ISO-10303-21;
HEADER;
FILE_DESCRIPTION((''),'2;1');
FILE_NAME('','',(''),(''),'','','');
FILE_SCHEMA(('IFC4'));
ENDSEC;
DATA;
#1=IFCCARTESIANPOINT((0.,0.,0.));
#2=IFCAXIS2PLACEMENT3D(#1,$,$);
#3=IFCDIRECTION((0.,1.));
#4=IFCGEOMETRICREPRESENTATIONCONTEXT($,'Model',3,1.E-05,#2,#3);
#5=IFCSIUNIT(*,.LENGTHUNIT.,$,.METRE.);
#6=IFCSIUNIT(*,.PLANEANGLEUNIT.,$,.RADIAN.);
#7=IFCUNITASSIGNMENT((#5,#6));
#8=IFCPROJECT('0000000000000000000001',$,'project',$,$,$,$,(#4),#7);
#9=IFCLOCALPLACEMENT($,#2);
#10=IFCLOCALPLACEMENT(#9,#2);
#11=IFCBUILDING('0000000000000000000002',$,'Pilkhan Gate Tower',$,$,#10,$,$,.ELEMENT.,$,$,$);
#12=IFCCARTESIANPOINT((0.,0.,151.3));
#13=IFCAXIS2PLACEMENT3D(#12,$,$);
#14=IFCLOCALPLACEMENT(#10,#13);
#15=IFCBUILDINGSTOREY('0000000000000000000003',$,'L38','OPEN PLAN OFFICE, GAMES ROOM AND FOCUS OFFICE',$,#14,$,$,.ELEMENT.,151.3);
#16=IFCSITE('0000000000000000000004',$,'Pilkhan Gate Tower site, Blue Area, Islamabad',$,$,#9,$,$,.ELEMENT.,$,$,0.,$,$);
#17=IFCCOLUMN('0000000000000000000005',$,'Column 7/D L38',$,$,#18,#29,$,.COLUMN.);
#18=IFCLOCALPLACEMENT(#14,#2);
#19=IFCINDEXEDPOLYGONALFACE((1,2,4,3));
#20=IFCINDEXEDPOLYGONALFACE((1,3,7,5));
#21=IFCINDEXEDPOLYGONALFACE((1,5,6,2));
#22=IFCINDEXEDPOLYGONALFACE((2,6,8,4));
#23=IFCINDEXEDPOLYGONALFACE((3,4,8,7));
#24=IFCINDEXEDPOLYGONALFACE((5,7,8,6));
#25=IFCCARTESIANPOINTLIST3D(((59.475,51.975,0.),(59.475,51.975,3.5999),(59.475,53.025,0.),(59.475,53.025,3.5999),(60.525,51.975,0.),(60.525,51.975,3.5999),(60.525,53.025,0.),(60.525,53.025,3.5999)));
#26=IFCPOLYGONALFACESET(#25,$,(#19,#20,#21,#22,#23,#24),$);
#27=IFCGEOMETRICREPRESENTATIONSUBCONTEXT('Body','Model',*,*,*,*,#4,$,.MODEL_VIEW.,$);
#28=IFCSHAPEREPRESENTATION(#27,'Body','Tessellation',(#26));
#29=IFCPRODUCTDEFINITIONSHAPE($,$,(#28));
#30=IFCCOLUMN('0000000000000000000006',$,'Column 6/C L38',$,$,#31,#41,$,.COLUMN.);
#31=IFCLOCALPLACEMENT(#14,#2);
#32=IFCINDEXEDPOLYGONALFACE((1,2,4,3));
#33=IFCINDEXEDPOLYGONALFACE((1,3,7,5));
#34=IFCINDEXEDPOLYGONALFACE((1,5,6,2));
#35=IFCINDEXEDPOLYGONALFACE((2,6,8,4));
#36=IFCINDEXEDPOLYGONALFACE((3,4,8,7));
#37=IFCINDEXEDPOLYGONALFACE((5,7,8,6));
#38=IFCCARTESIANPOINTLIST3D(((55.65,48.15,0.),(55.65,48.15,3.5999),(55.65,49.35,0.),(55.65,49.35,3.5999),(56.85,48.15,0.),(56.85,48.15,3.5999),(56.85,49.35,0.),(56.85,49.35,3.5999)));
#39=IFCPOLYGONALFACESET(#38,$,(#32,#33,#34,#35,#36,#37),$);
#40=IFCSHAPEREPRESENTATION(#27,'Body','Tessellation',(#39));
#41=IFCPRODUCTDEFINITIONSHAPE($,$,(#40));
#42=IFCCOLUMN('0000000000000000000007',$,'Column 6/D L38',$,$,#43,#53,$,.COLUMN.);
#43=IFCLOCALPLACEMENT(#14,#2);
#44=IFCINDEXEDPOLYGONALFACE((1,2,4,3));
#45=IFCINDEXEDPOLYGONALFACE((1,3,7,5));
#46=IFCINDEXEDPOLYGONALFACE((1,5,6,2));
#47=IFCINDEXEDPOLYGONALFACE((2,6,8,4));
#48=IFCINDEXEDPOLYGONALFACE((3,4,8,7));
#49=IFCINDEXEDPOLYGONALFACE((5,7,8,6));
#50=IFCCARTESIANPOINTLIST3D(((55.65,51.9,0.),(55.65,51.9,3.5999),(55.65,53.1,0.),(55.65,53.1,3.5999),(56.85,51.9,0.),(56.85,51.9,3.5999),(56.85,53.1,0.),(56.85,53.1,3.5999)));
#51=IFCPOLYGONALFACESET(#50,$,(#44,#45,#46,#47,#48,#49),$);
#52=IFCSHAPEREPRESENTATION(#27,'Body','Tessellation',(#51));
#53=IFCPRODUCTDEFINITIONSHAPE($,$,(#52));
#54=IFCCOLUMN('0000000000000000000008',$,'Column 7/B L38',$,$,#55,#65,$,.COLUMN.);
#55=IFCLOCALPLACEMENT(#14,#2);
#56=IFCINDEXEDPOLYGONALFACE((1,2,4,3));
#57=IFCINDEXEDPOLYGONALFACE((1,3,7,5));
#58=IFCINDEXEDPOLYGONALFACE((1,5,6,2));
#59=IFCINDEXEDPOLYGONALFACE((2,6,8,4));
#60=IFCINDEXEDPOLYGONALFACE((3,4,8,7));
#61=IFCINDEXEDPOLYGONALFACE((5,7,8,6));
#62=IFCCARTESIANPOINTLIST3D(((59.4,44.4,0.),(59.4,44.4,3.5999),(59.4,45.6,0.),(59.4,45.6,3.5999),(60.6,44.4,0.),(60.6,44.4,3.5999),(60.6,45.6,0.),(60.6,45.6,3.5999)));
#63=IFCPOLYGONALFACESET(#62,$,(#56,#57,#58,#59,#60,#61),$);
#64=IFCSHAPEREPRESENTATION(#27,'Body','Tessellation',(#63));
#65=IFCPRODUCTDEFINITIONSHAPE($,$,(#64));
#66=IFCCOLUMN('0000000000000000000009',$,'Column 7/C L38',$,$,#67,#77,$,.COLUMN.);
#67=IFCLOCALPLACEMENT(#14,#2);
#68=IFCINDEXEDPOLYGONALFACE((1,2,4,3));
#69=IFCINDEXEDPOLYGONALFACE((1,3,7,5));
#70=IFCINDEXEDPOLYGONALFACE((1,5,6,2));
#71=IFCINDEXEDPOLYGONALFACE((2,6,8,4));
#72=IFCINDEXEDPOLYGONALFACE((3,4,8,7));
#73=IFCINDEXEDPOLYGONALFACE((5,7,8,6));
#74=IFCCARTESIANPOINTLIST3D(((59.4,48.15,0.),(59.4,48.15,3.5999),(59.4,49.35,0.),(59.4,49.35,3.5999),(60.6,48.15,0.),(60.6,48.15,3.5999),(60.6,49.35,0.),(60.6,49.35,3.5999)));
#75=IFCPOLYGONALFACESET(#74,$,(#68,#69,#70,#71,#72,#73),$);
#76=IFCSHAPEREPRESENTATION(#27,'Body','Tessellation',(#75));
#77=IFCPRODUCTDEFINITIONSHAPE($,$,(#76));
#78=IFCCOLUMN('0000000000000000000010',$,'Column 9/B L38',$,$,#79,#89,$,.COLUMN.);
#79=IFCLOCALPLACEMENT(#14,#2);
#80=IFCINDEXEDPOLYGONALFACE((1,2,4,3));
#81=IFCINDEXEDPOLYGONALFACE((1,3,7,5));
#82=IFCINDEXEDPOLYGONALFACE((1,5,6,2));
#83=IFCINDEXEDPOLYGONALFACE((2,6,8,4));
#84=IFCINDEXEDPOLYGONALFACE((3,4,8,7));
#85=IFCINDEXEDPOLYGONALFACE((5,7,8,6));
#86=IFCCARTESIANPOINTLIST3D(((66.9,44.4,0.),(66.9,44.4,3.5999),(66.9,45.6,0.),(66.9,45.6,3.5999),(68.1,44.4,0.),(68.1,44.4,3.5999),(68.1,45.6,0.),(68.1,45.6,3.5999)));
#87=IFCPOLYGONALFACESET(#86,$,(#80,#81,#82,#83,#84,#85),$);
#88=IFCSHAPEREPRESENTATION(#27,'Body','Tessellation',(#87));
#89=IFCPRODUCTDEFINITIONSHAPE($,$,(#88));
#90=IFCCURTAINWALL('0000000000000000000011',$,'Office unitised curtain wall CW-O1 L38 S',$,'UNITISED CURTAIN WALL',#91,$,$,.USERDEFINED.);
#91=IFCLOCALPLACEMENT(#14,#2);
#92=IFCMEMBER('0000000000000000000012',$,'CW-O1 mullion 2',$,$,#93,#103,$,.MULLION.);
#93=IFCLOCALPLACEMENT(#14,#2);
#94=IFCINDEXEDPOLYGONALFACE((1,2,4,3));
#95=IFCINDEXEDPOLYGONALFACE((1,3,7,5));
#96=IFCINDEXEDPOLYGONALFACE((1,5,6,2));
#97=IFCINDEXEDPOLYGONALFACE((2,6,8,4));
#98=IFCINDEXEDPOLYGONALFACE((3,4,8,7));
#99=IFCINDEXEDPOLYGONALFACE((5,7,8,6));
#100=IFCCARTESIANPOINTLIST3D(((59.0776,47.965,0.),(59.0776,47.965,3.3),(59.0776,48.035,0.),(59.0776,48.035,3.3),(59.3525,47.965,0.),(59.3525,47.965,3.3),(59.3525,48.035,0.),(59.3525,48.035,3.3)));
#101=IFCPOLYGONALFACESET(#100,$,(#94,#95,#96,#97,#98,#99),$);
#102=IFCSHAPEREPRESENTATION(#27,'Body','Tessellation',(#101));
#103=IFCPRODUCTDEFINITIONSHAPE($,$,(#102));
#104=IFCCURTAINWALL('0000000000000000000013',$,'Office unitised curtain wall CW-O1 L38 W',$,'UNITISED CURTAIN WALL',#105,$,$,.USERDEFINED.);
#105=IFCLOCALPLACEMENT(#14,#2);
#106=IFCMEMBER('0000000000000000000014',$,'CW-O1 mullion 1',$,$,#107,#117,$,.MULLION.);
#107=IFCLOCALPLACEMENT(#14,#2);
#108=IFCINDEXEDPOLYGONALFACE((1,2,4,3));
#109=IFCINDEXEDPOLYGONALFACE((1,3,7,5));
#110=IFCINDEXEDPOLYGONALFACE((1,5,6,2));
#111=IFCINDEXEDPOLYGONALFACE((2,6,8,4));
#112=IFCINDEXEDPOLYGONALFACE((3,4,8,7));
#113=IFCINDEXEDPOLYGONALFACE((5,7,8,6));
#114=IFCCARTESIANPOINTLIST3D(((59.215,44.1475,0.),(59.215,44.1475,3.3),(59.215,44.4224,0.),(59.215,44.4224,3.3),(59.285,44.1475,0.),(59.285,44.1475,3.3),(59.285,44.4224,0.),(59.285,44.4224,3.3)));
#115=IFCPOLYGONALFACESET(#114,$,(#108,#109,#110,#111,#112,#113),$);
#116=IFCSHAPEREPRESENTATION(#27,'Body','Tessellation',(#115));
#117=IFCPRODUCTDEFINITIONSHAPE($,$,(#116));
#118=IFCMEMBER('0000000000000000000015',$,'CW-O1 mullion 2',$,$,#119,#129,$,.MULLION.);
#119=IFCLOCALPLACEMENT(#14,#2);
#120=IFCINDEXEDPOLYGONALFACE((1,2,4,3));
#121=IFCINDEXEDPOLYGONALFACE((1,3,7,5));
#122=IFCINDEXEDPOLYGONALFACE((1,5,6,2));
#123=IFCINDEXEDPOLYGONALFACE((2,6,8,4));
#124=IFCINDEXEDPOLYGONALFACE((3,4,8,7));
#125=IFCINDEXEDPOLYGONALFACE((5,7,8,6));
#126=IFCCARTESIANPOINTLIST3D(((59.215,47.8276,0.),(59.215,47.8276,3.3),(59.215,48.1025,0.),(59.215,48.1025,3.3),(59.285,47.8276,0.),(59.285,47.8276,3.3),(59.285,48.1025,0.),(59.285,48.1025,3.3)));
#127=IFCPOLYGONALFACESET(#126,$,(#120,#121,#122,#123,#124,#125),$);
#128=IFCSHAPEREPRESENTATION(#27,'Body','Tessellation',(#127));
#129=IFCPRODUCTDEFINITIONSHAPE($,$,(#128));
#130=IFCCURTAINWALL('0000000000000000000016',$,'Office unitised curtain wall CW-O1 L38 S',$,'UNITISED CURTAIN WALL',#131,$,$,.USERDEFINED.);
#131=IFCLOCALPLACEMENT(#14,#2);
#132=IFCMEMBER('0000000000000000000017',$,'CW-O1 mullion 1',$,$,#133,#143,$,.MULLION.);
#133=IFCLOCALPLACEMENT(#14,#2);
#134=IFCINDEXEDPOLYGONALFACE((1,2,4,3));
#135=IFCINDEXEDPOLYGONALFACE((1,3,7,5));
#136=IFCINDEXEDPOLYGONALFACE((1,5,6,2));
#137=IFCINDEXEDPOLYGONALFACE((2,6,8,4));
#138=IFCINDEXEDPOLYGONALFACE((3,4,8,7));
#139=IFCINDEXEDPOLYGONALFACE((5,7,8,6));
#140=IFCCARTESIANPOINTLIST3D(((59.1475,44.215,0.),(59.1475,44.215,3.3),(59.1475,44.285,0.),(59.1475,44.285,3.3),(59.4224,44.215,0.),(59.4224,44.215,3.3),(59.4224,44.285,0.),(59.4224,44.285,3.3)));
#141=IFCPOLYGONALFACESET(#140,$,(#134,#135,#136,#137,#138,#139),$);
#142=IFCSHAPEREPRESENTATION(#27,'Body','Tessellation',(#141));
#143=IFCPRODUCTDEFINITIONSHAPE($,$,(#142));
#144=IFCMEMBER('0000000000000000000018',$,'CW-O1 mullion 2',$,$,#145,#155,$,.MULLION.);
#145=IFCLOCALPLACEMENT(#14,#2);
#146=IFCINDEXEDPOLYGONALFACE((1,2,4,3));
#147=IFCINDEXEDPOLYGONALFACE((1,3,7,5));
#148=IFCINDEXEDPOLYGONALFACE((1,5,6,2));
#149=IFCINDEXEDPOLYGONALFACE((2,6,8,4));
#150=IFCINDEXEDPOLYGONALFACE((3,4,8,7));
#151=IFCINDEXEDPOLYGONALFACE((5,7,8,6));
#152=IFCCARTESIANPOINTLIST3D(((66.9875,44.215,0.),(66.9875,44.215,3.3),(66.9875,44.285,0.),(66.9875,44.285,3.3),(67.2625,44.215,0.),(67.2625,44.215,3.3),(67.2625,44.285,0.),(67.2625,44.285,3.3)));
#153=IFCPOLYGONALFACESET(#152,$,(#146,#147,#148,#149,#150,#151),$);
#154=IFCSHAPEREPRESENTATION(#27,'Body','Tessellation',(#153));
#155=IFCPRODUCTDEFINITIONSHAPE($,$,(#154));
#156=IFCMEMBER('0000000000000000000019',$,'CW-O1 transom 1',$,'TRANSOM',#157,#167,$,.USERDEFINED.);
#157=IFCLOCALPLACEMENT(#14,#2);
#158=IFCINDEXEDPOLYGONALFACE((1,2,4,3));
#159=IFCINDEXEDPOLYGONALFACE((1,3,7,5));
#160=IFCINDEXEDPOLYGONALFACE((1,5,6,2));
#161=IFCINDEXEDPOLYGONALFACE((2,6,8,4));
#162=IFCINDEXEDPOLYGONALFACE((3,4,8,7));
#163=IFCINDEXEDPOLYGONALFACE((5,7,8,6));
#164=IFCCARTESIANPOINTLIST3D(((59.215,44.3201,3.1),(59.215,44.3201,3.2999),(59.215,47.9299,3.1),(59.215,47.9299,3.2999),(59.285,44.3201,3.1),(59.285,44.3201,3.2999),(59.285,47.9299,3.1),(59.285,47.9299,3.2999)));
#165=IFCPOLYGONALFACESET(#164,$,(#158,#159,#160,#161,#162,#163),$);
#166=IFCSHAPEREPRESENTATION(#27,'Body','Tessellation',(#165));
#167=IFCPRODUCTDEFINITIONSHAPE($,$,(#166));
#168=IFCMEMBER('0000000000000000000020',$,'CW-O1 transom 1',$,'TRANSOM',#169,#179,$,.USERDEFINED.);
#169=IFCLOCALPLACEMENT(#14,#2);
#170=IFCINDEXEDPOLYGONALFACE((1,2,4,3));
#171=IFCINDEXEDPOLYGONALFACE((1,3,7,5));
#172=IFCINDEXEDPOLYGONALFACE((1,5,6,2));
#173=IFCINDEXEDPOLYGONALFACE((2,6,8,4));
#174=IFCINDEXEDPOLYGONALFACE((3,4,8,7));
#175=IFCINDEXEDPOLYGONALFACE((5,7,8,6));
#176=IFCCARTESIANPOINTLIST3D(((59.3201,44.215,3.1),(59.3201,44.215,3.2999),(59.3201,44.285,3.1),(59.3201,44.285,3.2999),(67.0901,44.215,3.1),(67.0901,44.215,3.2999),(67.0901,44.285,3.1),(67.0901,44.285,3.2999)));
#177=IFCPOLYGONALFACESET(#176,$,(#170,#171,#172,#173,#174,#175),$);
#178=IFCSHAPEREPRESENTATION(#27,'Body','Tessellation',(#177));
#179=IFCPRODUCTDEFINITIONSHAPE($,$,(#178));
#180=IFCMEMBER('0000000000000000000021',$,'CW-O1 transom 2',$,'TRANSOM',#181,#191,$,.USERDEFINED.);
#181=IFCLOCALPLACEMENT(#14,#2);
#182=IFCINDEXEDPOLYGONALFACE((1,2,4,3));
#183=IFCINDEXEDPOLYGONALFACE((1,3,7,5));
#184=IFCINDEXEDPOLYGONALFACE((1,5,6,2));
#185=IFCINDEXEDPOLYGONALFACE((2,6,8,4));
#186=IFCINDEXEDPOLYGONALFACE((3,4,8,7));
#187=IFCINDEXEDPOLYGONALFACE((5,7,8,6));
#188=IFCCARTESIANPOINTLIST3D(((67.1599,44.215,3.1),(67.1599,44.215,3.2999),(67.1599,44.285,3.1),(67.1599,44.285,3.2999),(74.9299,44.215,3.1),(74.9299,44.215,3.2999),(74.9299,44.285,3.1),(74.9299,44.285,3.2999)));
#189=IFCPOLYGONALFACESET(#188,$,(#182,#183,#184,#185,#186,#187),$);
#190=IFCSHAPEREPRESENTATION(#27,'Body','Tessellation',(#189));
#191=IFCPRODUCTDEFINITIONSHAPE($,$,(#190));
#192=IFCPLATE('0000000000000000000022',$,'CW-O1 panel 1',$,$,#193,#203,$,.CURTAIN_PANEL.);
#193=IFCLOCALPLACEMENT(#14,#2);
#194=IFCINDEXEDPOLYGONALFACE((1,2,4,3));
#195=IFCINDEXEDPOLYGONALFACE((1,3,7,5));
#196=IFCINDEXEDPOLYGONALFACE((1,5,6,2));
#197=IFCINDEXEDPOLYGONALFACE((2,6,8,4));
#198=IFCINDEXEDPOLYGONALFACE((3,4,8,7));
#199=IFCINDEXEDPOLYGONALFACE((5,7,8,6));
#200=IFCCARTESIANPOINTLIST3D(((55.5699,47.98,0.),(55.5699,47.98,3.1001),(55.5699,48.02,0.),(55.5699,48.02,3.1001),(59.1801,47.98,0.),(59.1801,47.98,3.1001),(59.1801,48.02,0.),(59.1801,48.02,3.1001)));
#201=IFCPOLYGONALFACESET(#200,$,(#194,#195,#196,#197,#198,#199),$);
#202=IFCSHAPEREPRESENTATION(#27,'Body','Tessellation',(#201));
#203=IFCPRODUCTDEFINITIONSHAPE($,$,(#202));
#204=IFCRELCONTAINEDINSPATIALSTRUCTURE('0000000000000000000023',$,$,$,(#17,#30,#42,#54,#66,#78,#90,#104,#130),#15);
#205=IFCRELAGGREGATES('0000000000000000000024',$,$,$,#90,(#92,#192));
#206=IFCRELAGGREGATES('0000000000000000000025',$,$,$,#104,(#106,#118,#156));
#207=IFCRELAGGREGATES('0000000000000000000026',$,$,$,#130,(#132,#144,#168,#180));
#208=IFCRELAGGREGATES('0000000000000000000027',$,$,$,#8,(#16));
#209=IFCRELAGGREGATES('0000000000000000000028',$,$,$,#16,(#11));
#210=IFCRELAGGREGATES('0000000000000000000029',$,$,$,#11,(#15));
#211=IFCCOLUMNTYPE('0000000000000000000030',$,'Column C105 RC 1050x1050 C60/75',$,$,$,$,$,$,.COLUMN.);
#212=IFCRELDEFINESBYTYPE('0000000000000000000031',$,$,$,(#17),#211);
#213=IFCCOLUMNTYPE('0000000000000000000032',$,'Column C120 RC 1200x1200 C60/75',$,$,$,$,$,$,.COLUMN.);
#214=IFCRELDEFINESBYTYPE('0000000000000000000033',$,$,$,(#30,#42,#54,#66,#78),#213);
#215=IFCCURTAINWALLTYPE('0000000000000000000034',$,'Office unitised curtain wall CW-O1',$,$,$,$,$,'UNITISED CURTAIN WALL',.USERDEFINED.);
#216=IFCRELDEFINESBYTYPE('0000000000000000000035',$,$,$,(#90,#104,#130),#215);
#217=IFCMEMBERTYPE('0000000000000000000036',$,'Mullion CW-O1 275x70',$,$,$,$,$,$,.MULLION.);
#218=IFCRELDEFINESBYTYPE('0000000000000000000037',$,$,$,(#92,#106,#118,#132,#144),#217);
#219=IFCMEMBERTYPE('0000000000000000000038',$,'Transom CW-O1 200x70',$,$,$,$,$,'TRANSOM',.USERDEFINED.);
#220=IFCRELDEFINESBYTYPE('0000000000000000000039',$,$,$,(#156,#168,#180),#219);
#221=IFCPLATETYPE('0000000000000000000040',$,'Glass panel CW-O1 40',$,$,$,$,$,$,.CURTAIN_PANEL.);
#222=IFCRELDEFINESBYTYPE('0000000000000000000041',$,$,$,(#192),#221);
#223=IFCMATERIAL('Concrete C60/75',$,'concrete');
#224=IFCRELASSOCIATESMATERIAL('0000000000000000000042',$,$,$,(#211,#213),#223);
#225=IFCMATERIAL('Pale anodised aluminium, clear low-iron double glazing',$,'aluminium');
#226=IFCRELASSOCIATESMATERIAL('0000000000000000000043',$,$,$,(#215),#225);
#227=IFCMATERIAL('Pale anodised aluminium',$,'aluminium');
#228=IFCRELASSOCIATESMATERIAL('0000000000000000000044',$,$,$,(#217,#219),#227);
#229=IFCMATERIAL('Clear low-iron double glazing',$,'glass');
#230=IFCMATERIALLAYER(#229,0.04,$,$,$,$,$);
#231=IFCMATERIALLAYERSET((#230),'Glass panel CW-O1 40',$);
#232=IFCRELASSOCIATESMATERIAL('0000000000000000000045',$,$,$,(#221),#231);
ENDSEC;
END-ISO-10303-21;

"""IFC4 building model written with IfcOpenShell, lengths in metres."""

from ifc_helpers import new_model, si_unit, direction, frame, origin, origin_2d, place, context, subcontext, project, spatial, rectangle, extrude, material, layer, layer_set, material_profile, profile_set, type_object, element, aggregate, save


model = new_model("IFC4")

# Units and contexts
model_context = context("Model", 3, precision=1e-05, world=origin(), true_north=direction((0.0, 1.0)))
body_context = subcontext(model_context, "Body", "Model", "MODEL_VIEW")
ifc_project = project(units=[si_unit("LENGTHUNIT", "METRE"), si_unit("PLANEANGLEUNIT", "RADIAN")], contexts=[model_context])

# Site, building, storey
site_placement = place(None, origin())
site = spatial("IfcSite", under=ifc_project, at=site_placement, Name="Pilkhan Gate Tower site, Blue Area, Islamabad", CompositionType="ELEMENT", RefElevation=0.0)
building_placement = place(site_placement, origin())
building = spatial("IfcBuilding", under=site, at=building_placement, Name="Pilkhan Gate Tower", CompositionType="ELEMENT")
storey_placement = place(building_placement, frame((0.0, 0.0, 151.3)))
storey = spatial("IfcBuildingStorey", under=building, at=storey_placement, Name="L38", Description="OPEN PLAN OFFICE, GAMES ROOM AND FOCUS OFFICE", CompositionType="ELEMENT", Elevation=151.3)

# Columns
ifc_material_1 = material(Name="Concrete C60/75", Category="concrete")
ifc_material_profile_1 = material_profile(ifc_material_1, rectangle(XDim=1.05, YDim=1.05, at=origin_2d()), Name="RC 1050x1050")
ifc_profile_set_1 = profile_set([ifc_material_profile_1], Name="Concrete C60/75")
column_type_1 = type_object("IfcColumnType", Name="Column C105 RC 1050x1050 C60/75", PredefinedType="COLUMN", material=ifc_profile_set_1)
column_placement = place(storey_placement, frame((60.0, 52.5, 0.0), z_axis=(0.0, 0.0, 1.0), x_axis=(1.0, 0.0, 0.0)))
element("IfcColumn", 1, at=column_placement, inside=storey, type_object=column_type_1, Name="Column 7/D L38", PredefinedType="COLUMN", context=body_context, shape_type="SweptSolid", body=[
    extrude(rectangle(XDim=1.05, YDim=1.05, at=origin_2d()), origin(), (0.0, 0.0, 1.0), 3.5999),
])
ifc_material_profile_2 = material_profile(ifc_material_1, rectangle(XDim=1.2, YDim=1.2, at=origin_2d()), Name="RC 1200x1200")
ifc_profile_set_2 = profile_set([ifc_material_profile_2], Name="Concrete C60/75")
column_type_2 = type_object("IfcColumnType", Name="Column C120 RC 1200x1200 C60/75", PredefinedType="COLUMN", material=ifc_profile_set_2)
for number, where, z_axis, x_axis, name in (
    (2, (56.25, 48.75, 0.0), (0.0, 0.0, 1.0), (1.0, 0.0, 0.0), "Column 6/C L38"),
    (3, (56.25, 52.5, 0.0), (0.0, 0.0, 1.0), (1.0, 0.0, 0.0), "Column 6/D L38"),
    (4, (60.0, 45.0, 0.0), (0.0, 0.0, 1.0), (1.0, 0.0, 0.0), "Column 7/B L38"),
    (5, (60.0, 48.75, 0.0), (0.0, 0.0, 1.0), (1.0, 0.0, 0.0), "Column 7/C L38"),
    (6, (67.5, 45.0, 0.0), (0.0, 0.0, 1.0), (1.0, 0.0, 0.0), "Column 9/B L38"),
):
    element("IfcColumn", number, at=place(storey_placement, frame(where, z_axis=z_axis, x_axis=x_axis)), inside=storey, type_object=column_type_2, Name=name, PredefinedType="COLUMN", context=body_context, shape_type="SweptSolid", body=[
        extrude(rectangle(XDim=1.2, YDim=1.2, at=origin_2d()), origin(), (0.0, 0.0, 1.0), 3.5999),
    ])

# Curtain wall, member
ifc_material_2 = material(Name="Pale anodised aluminium, clear low-iron double glazing", Category="aluminium")
curtain_wall_type = type_object("IfcCurtainWallType", Name="Office unitised curtain wall CW-O1", ElementType="UNITISED CURTAIN WALL", PredefinedType="USERDEFINED", material=ifc_material_2)
curtain_wall_1_placement = place(storey_placement, origin())
curtain_wall_1 = element("IfcCurtainWall", 7, at=curtain_wall_1_placement, inside=storey, type_object=curtain_wall_type, Name="Office unitised curtain wall CW-O1 L38 S", ObjectType="UNITISED CURTAIN WALL", PredefinedType="USERDEFINED")
ifc_material_3 = material(Name="Pale anodised aluminium", Category="aluminium")
ifc_material_profile_3 = material_profile(ifc_material_3, rectangle(XDim=0.0701, YDim=0.2749, at=origin_2d()), Name="Mullion 275x70")
ifc_profile_set_3 = profile_set([ifc_material_profile_3], Name="Pale anodised aluminium")
member_type_1 = type_object("IfcMemberType", Name="Mullion CW-O1 275x70", PredefinedType="MULLION", material=ifc_profile_set_3)
member_1_placement = place(storey_placement, frame((59.2151, 48.0, 0.0), z_axis=(0.0, 0.0, 1.0), x_axis=(0.0, 1.0, 0.0)))
member_1 = element("IfcMember", 8, at=member_1_placement, type_object=member_type_1, Name="CW-O1 mullion 2", PredefinedType="MULLION", context=body_context, shape_type="SweptSolid", body=[
    extrude(rectangle(XDim=0.0701, YDim=0.2749, at=origin_2d()), origin(), (0.0, 0.0, 1.0), 3.3),
])

# Curtain walls, members
curtain_wall_2_placement = place(storey_placement, origin())
curtain_wall_2 = element("IfcCurtainWall", 9, at=curtain_wall_2_placement, inside=storey, type_object=curtain_wall_type, Name="Office unitised curtain wall CW-O1 L38 W", ObjectType="UNITISED CURTAIN WALL", PredefinedType="USERDEFINED")
member_2_placement = place(storey_placement, frame((59.25, 44.2849, 0.0), z_axis=(0.0, 0.0, 1.0), x_axis=(-1.0, 0.0, 0.0)))
member_2 = element("IfcMember", 10, at=member_2_placement, type_object=member_type_1, Name="CW-O1 mullion 1", PredefinedType="MULLION", context=body_context, shape_type="SweptSolid", body=[
    extrude(rectangle(XDim=0.0701, YDim=0.2749, at=origin_2d()), origin(), (0.0, 0.0, 1.0), 3.3),
])
member_3_placement = place(storey_placement, frame((59.25, 47.9651, 0.0), z_axis=(0.0, 0.0, 1.0), x_axis=(-1.0, 0.0, 0.0)))
member_3 = element("IfcMember", 11, at=member_3_placement, type_object=member_type_1, Name="CW-O1 mullion 2", PredefinedType="MULLION", context=body_context, shape_type="SweptSolid", body=[
    extrude(rectangle(XDim=0.0701, YDim=0.2749, at=origin_2d()), origin(), (0.0, 0.0, 1.0), 3.3),
])
curtain_wall_3_placement = place(storey_placement, origin())
curtain_wall_3 = element("IfcCurtainWall", 12, at=curtain_wall_3_placement, inside=storey, type_object=curtain_wall_type, Name="Office unitised curtain wall CW-O1 L38 S", ObjectType="UNITISED CURTAIN WALL", PredefinedType="USERDEFINED")
member_4_placement = place(storey_placement, frame((59.2849, 44.25, 0.0), z_axis=(0.0, 0.0, 1.0), x_axis=(0.0, 1.0, 0.0)))
member_4 = element("IfcMember", 13, at=member_4_placement, type_object=member_type_1, Name="CW-O1 mullion 1", PredefinedType="MULLION", context=body_context, shape_type="SweptSolid", body=[
    extrude(rectangle(XDim=0.0701, YDim=0.2749, at=origin_2d()), origin(), (0.0, 0.0, 1.0), 3.3),
])
member_5_placement = place(storey_placement, frame((67.125, 44.25, 0.0), z_axis=(0.0, 0.0, 1.0), x_axis=(0.0, 1.0, 0.0)))
member_5 = element("IfcMember", 14, at=member_5_placement, type_object=member_type_1, Name="CW-O1 mullion 2", PredefinedType="MULLION", context=body_context, shape_type="SweptSolid", body=[
    extrude(rectangle(XDim=0.0701, YDim=0.2749, at=origin_2d()), origin(), (0.0, 0.0, 1.0), 3.3),
])

# Members
ifc_material_profile_4 = material_profile(ifc_material_3, rectangle(XDim=0.0701, YDim=0.2, at=origin_2d()), Name="Transom 200x70")
ifc_profile_set_4 = profile_set([ifc_material_profile_4], Name="Pale anodised aluminium")
member_type_2 = type_object("IfcMemberType", Name="Transom CW-O1 200x70", ElementType="TRANSOM", PredefinedType="USERDEFINED", material=ifc_profile_set_4)
member_6_placement = place(storey_placement, frame((59.25, 44.3201, 3.2), z_axis=(0.0, 1.0, 0.0), x_axis=(-1.0, 0.0, 0.0)))
member_6 = element("IfcMember", 15, at=member_6_placement, type_object=member_type_2, Name="CW-O1 transom 1", ObjectType="TRANSOM", PredefinedType="USERDEFINED", context=body_context, shape_type="SweptSolid", body=[
    extrude(rectangle(XDim=0.0701, YDim=0.2, at=origin_2d()), origin(), (0.0, 0.0, 1.0), 3.6099),
])
member_7_placement = place(storey_placement, frame((59.3201, 44.25, 3.2), z_axis=(1.0, 0.0, 0.0), x_axis=(0.0, 1.0, 0.0)))
member_7 = element("IfcMember", 16, at=member_7_placement, type_object=member_type_2, Name="CW-O1 transom 1", ObjectType="TRANSOM", PredefinedType="USERDEFINED", context=body_context, shape_type="SweptSolid", body=[
    extrude(rectangle(XDim=0.0701, YDim=0.2, at=origin_2d()), origin(), (0.0, 0.0, 1.0), 7.77),
])
member_8_placement = place(storey_placement, frame((67.1599, 44.25, 3.2), z_axis=(1.0, 0.0, 0.0), x_axis=(0.0, 1.0, 0.0)))
member_8 = element("IfcMember", 17, at=member_8_placement, type_object=member_type_2, Name="CW-O1 transom 2", ObjectType="TRANSOM", PredefinedType="USERDEFINED", context=body_context, shape_type="SweptSolid", body=[
    extrude(rectangle(XDim=0.0701, YDim=0.2, at=origin_2d()), origin(), (0.0, 0.0, 1.0), 7.77),
])

# Plate
ifc_material_4 = material(Name="Clear low-iron double glazing", Category="glass")
ifc_layer = layer(ifc_material_4, 0.04)
ifc_layer_set = layer_set([ifc_layer], Name="Glass panel CW-O1 40")
plate_type = type_object("IfcPlateType", Name="Glass panel CW-O1 40", PredefinedType="CURTAIN_PANEL", material=ifc_layer_set)
plate_1_placement = place(storey_placement, frame((57.375, 48.0, 0.0), z_axis=(0.0, 0.0, 1.0), x_axis=(1.0, 0.0, 0.0)))
plate_1 = element("IfcPlate", 18, at=plate_1_placement, type_object=plate_type, Name="CW-O1 panel 1", PredefinedType="CURTAIN_PANEL", context=body_context, shape_type="SweptSolid", body=[
    extrude(rectangle(XDim=3.6101, YDim=0.04, at=origin_2d()), origin(), (0.0, 0.0, 1.0), 3.1001),
])
aggregate(curtain_wall_1, [member_1, plate_1])
aggregate(curtain_wall_2, [member_2, member_3, member_6])
aggregate(curtain_wall_3, [member_4, member_5, member_7, member_8])

save(model, "model.ifc")
